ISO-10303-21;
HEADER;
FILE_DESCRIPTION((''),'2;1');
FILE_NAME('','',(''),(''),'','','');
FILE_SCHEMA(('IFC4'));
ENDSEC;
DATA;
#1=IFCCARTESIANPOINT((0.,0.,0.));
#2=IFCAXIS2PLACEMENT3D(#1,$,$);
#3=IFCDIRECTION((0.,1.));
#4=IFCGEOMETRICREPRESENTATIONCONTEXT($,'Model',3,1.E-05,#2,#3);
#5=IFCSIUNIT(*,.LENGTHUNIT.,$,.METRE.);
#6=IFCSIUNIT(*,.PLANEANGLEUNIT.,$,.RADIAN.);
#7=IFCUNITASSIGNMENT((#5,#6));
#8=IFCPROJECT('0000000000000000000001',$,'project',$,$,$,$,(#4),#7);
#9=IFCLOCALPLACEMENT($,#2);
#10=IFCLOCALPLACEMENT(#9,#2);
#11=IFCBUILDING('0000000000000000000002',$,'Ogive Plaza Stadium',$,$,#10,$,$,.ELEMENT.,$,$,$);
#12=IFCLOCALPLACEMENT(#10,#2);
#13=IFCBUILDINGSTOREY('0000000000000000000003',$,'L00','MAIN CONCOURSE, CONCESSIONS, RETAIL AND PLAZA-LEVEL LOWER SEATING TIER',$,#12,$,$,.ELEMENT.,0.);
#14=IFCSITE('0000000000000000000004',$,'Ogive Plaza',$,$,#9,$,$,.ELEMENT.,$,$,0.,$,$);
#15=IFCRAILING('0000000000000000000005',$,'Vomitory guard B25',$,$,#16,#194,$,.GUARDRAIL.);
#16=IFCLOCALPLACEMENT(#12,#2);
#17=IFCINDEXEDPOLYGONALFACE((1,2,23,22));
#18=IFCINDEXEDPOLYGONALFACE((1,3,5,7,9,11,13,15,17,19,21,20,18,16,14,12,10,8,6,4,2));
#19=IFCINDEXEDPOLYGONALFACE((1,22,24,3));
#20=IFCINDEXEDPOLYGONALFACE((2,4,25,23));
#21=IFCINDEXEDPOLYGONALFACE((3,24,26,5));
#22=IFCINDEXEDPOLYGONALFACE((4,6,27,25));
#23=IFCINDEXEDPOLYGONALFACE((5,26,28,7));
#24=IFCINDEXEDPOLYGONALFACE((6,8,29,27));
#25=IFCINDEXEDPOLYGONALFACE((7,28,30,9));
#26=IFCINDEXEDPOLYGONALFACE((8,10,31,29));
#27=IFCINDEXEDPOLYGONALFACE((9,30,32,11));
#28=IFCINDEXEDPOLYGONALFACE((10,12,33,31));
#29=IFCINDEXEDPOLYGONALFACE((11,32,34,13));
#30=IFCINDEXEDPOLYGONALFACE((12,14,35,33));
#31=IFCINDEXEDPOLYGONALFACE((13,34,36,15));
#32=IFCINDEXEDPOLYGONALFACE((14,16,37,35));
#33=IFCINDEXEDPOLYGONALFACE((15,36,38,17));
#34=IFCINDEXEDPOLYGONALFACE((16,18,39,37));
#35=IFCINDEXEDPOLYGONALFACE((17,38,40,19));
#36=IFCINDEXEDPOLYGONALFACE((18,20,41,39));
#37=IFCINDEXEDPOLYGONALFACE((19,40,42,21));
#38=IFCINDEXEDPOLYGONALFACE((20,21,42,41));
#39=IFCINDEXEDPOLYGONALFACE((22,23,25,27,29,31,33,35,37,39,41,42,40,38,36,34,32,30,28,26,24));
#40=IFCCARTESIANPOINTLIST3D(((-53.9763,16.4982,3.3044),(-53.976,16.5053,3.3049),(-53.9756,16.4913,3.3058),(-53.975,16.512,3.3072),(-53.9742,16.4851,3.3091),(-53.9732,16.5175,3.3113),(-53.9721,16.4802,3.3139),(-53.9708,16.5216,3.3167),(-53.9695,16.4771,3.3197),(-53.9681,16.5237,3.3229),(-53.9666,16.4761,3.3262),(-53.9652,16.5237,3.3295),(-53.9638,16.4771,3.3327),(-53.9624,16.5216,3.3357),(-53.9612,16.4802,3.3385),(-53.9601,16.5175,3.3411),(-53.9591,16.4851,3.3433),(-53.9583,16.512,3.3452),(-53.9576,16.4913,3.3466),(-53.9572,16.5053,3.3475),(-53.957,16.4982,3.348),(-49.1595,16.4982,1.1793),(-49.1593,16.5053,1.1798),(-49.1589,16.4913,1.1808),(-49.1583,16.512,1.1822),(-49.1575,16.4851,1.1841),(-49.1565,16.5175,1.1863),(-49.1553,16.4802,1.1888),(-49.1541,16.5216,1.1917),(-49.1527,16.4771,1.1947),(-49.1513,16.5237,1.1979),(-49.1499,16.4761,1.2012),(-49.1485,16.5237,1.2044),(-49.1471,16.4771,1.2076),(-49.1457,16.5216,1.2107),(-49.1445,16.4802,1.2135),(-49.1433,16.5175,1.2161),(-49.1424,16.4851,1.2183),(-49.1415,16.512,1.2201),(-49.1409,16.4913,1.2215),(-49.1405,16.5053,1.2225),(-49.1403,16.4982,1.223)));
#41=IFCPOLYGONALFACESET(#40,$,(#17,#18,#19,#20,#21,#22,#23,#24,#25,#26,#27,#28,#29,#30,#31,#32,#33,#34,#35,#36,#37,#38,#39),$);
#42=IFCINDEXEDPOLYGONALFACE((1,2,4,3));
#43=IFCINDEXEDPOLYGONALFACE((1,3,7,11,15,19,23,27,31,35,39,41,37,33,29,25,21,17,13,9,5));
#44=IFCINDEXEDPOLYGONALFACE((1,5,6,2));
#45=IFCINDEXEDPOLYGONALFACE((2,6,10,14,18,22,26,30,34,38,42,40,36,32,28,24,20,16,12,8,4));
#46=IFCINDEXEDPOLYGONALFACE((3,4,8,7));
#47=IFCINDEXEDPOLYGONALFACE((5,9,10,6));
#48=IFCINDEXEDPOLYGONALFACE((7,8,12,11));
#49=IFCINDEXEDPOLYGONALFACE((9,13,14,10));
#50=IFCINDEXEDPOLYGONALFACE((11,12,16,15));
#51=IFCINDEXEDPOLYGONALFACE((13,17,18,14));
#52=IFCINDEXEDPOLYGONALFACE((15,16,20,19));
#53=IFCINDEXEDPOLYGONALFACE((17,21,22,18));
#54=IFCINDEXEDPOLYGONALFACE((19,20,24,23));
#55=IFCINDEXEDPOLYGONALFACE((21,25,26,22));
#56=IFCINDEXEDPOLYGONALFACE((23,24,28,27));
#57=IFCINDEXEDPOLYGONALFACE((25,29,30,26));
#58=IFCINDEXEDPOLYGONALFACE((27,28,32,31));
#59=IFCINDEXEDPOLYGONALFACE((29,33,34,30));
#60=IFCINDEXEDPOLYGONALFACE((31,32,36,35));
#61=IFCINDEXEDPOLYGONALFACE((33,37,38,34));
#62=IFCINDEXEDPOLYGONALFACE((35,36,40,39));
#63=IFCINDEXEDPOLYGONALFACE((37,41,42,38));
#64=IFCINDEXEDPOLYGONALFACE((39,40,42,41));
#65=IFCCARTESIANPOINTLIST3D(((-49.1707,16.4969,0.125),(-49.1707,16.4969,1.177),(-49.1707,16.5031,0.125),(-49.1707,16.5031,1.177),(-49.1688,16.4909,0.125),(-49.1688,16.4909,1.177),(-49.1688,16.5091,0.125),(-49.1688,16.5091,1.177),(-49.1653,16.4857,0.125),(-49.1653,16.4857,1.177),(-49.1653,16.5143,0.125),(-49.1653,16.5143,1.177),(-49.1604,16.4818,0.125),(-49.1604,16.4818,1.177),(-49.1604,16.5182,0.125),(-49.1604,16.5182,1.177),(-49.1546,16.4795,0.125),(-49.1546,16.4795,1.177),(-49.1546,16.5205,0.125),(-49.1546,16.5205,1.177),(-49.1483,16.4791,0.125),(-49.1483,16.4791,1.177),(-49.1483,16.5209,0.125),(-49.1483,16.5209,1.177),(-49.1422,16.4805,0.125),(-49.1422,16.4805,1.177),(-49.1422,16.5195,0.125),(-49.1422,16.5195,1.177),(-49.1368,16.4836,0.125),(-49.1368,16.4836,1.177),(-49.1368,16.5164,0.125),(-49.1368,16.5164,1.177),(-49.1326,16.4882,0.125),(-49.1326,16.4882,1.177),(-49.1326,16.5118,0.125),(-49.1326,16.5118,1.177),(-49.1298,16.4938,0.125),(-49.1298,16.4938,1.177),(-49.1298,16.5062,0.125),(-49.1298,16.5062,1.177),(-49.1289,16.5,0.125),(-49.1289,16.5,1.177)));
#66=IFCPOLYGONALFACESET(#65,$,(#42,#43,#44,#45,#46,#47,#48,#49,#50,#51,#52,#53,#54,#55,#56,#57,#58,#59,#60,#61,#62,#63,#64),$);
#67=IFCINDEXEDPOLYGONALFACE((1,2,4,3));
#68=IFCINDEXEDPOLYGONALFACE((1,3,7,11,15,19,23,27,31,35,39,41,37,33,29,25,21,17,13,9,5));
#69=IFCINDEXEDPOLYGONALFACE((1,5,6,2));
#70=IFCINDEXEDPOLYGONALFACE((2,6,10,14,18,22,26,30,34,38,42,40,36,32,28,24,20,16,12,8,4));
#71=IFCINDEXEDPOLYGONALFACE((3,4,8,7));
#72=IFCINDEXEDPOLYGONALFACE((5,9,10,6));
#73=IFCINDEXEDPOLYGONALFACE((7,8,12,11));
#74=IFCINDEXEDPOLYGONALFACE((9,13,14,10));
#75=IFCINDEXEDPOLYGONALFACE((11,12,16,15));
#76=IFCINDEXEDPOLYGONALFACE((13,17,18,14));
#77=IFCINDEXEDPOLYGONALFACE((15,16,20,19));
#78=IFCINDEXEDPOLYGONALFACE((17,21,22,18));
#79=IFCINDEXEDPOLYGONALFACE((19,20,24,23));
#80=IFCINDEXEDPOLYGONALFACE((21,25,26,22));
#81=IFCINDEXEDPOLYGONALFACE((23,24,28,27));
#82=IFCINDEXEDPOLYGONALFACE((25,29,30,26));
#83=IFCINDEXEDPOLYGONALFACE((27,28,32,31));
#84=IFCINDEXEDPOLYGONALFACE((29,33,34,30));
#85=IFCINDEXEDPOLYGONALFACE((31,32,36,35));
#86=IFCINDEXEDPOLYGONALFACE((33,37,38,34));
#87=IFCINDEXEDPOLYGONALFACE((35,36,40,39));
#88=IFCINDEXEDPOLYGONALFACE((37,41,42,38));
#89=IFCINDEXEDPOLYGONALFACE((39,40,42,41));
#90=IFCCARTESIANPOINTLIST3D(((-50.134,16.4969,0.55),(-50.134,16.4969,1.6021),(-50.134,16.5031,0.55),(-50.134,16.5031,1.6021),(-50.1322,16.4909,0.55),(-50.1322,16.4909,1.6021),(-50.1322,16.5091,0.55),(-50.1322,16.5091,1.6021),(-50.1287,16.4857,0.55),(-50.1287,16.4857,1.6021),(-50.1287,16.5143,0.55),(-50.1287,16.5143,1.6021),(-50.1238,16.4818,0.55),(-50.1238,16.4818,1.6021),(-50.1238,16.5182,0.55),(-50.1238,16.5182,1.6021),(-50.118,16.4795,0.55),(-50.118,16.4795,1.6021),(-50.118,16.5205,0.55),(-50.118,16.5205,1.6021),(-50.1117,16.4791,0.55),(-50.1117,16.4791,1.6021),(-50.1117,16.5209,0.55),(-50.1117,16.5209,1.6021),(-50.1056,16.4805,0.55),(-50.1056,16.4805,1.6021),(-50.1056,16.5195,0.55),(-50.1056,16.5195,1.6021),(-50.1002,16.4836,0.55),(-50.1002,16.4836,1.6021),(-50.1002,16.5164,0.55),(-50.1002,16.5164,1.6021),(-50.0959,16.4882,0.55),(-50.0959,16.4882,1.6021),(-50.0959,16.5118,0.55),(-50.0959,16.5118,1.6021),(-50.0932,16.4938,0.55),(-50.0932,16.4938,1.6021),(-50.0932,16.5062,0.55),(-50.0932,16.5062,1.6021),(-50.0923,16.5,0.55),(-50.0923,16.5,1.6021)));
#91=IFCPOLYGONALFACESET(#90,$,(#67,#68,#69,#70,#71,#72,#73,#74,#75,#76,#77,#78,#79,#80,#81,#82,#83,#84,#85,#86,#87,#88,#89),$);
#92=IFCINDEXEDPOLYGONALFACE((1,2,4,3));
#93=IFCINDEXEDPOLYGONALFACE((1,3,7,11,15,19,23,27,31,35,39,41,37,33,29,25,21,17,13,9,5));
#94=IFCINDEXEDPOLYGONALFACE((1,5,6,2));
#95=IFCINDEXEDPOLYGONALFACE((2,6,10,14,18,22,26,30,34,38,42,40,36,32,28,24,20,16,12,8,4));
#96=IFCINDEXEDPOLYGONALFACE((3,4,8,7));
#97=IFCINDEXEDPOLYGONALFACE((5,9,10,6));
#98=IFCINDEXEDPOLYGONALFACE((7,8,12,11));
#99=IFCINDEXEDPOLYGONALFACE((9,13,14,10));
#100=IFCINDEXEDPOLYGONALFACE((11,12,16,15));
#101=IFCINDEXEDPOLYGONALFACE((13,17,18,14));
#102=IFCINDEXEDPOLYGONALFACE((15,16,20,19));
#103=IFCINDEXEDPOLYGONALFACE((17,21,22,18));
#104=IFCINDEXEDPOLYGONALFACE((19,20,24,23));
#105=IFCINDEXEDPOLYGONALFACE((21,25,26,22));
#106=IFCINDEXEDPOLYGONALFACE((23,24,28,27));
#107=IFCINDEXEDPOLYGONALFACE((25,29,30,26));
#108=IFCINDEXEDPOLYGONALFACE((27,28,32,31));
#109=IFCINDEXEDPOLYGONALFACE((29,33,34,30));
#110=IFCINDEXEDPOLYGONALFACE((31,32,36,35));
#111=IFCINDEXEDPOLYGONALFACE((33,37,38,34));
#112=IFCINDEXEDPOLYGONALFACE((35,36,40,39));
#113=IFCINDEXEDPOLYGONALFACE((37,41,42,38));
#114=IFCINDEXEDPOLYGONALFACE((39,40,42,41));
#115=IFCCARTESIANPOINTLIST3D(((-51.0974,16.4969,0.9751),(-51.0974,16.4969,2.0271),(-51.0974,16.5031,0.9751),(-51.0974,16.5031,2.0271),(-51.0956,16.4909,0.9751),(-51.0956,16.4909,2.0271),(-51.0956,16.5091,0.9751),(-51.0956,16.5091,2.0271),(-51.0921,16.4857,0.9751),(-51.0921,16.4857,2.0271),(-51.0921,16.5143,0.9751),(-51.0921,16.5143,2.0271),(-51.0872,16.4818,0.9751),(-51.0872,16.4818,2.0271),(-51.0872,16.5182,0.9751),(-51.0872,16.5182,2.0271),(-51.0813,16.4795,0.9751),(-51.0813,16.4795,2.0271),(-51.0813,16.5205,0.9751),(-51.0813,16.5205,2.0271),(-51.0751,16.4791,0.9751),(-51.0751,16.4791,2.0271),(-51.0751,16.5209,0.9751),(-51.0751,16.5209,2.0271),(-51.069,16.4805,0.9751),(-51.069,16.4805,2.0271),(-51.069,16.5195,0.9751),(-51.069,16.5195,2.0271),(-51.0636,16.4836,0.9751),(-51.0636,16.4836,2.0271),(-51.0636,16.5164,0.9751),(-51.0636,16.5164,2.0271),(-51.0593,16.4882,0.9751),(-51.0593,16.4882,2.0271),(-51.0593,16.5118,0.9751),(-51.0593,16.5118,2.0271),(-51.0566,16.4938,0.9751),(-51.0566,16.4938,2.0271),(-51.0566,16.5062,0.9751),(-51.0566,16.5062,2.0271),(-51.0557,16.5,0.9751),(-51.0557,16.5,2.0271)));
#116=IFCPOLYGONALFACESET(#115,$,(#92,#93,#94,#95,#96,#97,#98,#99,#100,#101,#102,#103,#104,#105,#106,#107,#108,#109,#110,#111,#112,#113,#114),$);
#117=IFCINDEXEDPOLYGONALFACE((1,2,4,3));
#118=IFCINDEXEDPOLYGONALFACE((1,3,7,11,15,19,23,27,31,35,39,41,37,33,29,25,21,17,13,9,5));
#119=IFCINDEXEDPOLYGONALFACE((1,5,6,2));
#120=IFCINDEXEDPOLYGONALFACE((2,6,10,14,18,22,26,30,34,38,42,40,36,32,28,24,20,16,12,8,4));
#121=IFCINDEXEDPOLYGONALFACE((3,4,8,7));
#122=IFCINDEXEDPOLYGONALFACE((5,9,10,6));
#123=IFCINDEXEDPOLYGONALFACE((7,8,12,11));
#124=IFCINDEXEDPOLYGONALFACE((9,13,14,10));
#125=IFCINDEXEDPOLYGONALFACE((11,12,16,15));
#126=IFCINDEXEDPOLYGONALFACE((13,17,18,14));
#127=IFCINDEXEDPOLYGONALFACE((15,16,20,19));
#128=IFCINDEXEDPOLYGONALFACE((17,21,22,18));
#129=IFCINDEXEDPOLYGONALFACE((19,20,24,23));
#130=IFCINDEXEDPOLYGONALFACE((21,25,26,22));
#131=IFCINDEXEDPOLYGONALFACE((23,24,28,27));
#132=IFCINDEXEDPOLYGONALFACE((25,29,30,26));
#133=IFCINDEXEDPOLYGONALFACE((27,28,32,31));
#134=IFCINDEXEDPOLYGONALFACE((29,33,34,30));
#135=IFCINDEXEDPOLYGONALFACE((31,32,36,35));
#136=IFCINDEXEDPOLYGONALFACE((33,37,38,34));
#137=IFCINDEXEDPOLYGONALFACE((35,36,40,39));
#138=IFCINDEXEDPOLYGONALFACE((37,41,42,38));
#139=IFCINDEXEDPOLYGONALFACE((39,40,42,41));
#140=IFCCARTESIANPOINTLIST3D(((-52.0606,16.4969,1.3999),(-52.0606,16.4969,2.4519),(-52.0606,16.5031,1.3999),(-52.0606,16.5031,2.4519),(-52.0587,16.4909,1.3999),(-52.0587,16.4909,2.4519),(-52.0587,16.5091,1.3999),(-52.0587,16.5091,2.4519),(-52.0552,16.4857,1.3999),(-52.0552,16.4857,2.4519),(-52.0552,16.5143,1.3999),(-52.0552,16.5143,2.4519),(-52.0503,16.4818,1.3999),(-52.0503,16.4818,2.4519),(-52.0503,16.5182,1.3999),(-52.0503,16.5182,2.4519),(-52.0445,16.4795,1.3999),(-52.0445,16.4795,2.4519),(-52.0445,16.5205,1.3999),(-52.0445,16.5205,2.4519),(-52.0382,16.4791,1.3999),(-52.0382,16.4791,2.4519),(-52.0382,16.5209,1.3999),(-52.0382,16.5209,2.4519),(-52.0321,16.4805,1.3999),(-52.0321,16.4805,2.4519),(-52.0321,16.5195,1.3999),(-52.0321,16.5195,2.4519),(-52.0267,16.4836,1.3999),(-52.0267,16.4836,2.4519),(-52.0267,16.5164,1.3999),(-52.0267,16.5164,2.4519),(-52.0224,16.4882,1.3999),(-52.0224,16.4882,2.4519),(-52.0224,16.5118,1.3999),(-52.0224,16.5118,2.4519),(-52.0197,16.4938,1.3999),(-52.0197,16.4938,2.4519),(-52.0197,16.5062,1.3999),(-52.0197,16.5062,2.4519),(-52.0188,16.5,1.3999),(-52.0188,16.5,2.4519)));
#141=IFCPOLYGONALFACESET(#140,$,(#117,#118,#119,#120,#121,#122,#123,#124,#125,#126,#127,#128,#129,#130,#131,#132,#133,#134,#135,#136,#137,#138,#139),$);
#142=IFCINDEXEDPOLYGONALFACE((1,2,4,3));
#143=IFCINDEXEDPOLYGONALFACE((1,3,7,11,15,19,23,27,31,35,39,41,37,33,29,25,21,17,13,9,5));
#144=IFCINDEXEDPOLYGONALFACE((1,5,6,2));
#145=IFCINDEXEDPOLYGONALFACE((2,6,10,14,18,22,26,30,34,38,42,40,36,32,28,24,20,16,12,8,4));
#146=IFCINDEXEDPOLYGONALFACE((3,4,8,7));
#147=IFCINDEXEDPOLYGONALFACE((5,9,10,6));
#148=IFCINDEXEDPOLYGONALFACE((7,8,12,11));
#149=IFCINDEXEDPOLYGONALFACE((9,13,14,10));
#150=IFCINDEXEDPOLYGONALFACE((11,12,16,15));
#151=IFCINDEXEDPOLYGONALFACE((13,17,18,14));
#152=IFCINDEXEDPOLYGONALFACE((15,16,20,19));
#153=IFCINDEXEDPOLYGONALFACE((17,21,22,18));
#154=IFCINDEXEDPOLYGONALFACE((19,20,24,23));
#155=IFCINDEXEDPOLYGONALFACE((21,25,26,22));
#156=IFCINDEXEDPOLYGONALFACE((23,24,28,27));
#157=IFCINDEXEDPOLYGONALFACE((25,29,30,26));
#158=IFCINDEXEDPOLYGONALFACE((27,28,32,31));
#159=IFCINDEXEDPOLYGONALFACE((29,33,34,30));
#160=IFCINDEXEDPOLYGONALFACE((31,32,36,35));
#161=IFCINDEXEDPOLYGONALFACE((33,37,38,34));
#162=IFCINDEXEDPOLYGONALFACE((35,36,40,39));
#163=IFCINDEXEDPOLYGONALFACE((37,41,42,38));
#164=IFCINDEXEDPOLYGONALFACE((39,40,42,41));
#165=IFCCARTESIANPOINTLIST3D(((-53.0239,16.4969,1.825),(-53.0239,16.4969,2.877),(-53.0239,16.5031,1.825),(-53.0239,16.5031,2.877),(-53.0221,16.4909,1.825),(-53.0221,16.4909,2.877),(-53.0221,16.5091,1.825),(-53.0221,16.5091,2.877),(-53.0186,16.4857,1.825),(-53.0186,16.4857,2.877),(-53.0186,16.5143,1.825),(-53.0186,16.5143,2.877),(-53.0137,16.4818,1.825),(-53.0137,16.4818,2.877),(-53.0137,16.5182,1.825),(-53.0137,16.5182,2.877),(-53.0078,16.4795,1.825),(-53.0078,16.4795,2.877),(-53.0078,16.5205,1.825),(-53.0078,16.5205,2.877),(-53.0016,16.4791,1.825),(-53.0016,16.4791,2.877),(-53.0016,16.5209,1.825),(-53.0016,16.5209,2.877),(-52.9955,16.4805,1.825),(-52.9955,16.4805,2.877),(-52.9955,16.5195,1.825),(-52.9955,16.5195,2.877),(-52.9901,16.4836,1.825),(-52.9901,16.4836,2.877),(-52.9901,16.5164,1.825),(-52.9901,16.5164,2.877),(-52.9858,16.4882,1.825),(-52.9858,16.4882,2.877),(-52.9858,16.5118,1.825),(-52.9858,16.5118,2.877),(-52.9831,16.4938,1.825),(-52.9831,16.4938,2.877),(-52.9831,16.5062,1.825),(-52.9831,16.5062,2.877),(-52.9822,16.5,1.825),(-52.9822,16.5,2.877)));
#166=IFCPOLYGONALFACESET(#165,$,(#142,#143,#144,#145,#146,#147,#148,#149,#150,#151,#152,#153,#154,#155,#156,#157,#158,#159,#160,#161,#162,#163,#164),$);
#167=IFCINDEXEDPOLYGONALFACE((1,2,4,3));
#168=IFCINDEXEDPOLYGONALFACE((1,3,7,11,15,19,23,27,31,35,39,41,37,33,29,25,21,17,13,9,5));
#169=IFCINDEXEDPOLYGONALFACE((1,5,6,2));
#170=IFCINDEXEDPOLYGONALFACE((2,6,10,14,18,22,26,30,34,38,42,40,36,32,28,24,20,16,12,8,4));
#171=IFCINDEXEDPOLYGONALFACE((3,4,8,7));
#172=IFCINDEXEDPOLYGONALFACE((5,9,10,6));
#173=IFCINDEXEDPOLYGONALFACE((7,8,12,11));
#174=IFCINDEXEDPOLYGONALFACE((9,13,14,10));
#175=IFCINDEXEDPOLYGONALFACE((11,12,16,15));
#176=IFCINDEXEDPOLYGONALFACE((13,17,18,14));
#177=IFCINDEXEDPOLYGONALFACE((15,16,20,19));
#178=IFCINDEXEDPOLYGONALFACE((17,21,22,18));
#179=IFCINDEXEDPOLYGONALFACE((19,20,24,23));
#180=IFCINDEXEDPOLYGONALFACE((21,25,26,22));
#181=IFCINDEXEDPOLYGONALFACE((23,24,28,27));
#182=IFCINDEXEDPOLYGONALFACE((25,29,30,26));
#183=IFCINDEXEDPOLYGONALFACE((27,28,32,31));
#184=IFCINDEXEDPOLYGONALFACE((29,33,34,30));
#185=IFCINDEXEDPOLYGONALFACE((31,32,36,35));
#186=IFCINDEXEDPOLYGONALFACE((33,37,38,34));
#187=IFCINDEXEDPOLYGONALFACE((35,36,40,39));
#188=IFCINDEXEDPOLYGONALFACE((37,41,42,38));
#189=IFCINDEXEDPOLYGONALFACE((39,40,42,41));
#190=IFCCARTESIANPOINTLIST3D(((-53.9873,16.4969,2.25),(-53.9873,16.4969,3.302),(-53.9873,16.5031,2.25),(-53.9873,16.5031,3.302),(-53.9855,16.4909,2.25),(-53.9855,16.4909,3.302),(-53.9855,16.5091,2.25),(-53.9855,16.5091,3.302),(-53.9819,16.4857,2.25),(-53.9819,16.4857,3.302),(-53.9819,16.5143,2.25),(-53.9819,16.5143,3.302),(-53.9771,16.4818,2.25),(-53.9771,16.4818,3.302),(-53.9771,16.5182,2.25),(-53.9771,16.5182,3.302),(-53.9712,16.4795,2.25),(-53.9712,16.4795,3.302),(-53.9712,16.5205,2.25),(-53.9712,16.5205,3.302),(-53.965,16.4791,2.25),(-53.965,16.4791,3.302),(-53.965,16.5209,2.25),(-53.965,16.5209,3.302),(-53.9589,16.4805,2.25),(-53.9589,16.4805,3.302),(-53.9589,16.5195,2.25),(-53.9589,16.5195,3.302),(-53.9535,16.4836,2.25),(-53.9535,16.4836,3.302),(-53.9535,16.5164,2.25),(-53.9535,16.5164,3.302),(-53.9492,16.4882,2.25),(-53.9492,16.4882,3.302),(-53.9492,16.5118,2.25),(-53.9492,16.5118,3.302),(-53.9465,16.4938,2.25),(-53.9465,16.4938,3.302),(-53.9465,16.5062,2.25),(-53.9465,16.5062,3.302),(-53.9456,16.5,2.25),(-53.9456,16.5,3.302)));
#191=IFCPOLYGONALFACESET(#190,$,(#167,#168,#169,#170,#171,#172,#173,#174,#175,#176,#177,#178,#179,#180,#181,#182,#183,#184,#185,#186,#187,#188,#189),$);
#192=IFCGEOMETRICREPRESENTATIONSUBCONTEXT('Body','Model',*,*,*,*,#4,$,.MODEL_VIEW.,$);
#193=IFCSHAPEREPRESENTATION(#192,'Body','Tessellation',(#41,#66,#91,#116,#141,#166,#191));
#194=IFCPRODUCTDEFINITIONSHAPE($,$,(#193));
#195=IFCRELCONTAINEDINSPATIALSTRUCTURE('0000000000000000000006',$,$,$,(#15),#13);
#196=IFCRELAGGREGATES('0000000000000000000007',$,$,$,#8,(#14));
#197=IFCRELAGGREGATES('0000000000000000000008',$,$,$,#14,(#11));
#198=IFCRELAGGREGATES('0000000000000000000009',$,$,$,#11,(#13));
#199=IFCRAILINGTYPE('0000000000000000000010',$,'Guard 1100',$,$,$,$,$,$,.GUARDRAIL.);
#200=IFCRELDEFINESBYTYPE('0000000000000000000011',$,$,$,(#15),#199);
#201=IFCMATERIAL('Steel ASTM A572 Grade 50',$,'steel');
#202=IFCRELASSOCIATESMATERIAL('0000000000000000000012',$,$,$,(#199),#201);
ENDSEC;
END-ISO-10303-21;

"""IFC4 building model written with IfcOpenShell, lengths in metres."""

from ifc_helpers import new_model, si_unit, direction, frame, origin, origin_2d, place, context, subcontext, project, spatial, circle, extrude, material, type_object, element, save


model = new_model("IFC4")

# Units and contexts
model_context = context("Model", 3, precision=1e-05, world=origin(), true_north=direction((0.0, 1.0)))
body_context = subcontext(model_context, "Body", "Model", "MODEL_VIEW")
ifc_project = project(units=[si_unit("LENGTHUNIT", "METRE"), si_unit("PLANEANGLEUNIT", "RADIAN")], contexts=[model_context])

# Site, building, storey
site_placement = place(None, origin())
site = spatial("IfcSite", under=ifc_project, at=site_placement, Name="Ogive Plaza", CompositionType="ELEMENT", RefElevation=0.0)
building_placement = place(site_placement, origin())
building = spatial("IfcBuilding", under=site, at=building_placement, Name="Ogive Plaza Stadium", CompositionType="ELEMENT")
storey_placement = place(building_placement, origin())
storey = spatial("IfcBuildingStorey", under=building, at=storey_placement, Name="L00", Description="MAIN CONCOURSE, CONCESSIONS, RETAIL AND PLAZA-LEVEL LOWER SEATING TIER", CompositionType="ELEMENT", Elevation=0.0)

# Railing
ifc_material_1 = material(Name="Steel ASTM A572 Grade 50", Category="steel")
railing_type = type_object("IfcRailingType", Name="Guard 1100", PredefinedType="GUARDRAIL", material=ifc_material_1)
for number, where, name in (
    (1, (-49.1499, 16.5, 0.125), "Vomitory guard B25"),
):
    element("IfcRailing", number, at=place(storey_placement, frame(where)), inside=storey, type_object=railing_type, Name=name, PredefinedType="GUARDRAIL", context=body_context, shape_type="SweptSolid", body=[
        extrude(circle(Radius=0.0239, at=origin_2d()), frame((0.0, 0.0, 1.0762), z_axis=(-0.914917, 0.0, 0.403641), x_axis=(0.0, -1.0, 0.0)), (0.0, 0.0, 1.0), 5.2646),
        extrude(circle(Radius=0.021, at=origin_2d()), origin(), (0.0, 0.0, 1.0), 1.052),
        extrude(circle(Radius=0.021, at=origin_2d()), frame((-0.9634, 0.0, 0.425)), (0.0, 0.0, 1.0), 1.052),
        extrude(circle(Radius=0.021, at=origin_2d()), frame((-1.9268, 0.0, 0.8501)), (0.0, 0.0, 1.0), 1.052),
        extrude(circle(Radius=0.021, at=origin_2d()), frame((-2.8899, 0.0, 1.2749)), (0.0, 0.0, 1.0), 1.052),
        extrude(circle(Radius=0.021, at=origin_2d()), frame((-3.8533, 0.0, 1.7)), (0.0, 0.0, 1.0), 1.052),
        extrude(circle(Radius=0.021, at=origin_2d()), frame((-4.8167, 0.0, 2.125)), (0.0, 0.0, 1.0), 1.052),
    ])

save(model, "model.ifc")
